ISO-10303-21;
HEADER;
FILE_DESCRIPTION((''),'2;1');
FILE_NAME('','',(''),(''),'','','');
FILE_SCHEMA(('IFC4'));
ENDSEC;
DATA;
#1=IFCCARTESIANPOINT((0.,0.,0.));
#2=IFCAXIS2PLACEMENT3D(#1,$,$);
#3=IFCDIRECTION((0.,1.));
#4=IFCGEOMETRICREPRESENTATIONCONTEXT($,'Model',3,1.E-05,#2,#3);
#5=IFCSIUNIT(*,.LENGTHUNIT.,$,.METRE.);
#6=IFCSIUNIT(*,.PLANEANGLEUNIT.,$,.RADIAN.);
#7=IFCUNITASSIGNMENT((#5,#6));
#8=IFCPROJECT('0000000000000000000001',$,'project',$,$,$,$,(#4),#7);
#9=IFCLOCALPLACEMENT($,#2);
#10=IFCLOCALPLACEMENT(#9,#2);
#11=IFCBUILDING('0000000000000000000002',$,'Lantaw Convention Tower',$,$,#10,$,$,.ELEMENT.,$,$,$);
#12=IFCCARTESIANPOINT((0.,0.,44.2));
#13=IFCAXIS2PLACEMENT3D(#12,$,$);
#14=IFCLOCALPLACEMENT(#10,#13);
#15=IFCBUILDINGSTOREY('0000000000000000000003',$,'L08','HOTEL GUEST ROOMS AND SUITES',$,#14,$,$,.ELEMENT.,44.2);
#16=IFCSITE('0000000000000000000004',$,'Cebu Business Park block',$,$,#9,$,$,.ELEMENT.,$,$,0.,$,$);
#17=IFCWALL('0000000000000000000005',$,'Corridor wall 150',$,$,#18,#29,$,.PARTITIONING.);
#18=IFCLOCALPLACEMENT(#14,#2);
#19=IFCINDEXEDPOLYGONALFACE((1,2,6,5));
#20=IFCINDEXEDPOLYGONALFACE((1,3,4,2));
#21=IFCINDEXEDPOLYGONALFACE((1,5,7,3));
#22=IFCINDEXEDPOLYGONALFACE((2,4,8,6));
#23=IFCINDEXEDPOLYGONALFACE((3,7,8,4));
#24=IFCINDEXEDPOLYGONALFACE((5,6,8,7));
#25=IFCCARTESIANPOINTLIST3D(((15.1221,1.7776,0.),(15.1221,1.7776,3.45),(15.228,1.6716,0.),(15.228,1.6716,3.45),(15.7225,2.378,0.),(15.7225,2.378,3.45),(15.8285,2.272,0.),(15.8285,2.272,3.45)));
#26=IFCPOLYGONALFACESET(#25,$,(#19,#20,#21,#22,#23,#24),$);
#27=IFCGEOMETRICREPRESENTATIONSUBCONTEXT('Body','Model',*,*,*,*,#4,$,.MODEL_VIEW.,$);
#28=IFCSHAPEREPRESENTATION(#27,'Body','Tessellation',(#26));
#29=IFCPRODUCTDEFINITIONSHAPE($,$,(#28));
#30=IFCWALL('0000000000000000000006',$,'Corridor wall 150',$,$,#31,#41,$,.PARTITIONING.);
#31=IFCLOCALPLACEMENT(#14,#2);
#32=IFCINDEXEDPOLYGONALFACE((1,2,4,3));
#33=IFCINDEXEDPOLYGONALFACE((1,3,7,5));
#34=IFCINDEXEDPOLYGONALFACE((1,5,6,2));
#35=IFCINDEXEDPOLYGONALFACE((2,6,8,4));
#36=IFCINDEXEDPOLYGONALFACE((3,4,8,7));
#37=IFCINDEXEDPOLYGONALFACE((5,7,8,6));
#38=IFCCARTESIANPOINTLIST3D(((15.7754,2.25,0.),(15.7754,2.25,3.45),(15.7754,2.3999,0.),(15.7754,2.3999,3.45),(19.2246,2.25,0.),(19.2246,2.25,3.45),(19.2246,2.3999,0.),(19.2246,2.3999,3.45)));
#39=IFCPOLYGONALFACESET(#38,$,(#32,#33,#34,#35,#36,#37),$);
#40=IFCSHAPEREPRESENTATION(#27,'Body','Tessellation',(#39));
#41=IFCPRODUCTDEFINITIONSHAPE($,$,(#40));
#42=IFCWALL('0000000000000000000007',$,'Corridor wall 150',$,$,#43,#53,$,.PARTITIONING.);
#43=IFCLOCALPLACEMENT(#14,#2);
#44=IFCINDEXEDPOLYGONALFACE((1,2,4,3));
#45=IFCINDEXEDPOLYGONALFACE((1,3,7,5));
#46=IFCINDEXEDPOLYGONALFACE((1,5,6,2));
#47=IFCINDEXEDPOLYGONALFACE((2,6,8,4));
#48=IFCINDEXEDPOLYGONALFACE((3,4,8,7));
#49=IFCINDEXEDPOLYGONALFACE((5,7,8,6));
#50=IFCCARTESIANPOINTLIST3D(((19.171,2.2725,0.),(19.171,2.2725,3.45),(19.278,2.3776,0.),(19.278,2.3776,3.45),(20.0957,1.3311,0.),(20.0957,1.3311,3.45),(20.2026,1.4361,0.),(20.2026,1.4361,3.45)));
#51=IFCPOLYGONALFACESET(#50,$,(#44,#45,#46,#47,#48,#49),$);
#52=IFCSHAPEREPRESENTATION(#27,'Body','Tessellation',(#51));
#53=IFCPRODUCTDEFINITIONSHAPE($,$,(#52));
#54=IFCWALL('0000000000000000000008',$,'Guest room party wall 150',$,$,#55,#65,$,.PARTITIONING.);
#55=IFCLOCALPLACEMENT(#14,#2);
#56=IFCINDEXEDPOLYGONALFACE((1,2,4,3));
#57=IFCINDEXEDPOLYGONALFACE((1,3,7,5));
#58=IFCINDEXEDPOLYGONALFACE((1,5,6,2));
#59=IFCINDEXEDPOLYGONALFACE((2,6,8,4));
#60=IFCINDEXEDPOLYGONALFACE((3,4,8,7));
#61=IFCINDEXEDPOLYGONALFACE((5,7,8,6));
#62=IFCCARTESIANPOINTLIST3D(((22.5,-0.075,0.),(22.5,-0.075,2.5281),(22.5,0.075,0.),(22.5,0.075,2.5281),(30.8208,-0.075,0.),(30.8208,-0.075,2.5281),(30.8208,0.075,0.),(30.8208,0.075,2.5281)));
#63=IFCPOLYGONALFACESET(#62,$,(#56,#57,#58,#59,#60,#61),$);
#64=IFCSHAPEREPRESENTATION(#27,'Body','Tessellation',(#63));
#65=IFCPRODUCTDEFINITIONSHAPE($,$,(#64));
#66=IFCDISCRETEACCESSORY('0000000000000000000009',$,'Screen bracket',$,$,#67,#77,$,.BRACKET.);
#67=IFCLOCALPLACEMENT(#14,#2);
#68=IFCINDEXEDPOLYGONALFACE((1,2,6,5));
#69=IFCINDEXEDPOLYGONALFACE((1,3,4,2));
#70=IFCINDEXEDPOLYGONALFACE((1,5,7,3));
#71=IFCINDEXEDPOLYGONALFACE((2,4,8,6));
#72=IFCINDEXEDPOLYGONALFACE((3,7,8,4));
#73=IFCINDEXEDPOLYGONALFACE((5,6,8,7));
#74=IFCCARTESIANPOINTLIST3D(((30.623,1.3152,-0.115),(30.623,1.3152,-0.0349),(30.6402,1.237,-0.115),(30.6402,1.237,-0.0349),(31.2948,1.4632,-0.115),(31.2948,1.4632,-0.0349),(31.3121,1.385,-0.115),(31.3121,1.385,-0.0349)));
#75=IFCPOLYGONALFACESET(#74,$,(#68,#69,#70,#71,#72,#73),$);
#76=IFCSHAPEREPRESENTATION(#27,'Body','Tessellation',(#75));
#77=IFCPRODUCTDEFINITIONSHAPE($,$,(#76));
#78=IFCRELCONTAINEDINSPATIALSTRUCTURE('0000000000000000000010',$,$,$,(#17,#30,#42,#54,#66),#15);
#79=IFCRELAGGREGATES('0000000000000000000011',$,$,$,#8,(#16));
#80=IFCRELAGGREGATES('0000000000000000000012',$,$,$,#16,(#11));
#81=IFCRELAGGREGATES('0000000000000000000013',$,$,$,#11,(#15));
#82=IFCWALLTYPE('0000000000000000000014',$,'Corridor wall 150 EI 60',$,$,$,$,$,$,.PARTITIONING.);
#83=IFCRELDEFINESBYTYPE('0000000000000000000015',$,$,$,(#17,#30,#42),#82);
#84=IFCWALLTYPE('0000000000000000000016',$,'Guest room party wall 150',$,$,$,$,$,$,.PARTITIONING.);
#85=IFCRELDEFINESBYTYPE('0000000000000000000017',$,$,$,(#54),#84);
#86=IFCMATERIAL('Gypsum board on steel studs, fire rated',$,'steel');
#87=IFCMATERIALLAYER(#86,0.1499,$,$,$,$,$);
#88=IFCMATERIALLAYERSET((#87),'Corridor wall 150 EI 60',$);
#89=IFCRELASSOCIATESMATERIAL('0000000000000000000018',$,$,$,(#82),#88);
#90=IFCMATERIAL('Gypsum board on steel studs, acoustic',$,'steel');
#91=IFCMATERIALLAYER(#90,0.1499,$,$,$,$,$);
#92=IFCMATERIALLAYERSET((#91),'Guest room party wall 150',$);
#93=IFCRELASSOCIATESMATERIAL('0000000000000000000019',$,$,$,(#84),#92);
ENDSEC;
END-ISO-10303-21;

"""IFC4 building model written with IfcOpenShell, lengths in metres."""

from ifc_helpers import new_model, si_unit, direction, frame, frame_2d, origin, origin_2d, place, context, subcontext, project, spatial, rectangle, extrude, material, layer, layer_set, type_object, element, save


model = new_model("IFC4")

# Units and contexts
model_context = context("Model", 3, precision=1e-05, world=origin(), true_north=direction((0.0, 1.0)))
body_context = subcontext(model_context, "Body", "Model", "MODEL_VIEW")
ifc_project = project(units=[si_unit("LENGTHUNIT", "METRE"), si_unit("PLANEANGLEUNIT", "RADIAN")], contexts=[model_context])

# Site, building, storey
site_placement = place(None, origin())
site = spatial("IfcSite", under=ifc_project, at=site_placement, Name="Cebu Business Park block", CompositionType="ELEMENT", RefElevation=0.0)
building_placement = place(site_placement, origin())
building = spatial("IfcBuilding", under=site, at=building_placement, Name="Lantaw Convention Tower", CompositionType="ELEMENT")
storey_placement = place(building_placement, frame((0.0, 0.0, 44.2)))
storey = spatial("IfcBuildingStorey", under=building, at=storey_placement, Name="L08", Description="HOTEL GUEST ROOMS AND SUITES", CompositionType="ELEMENT", Elevation=44.2)

# Shared definitions
ifc_material_1 = material(Name="Gypsum board on steel studs, fire rated", Category="steel")
ifc_layer_1 = layer(ifc_material_1, 0.1499)
ifc_layer_set_1 = layer_set([ifc_layer_1], Name="Corridor wall 150 EI 60")
wall_type_1 = type_object("IfcWallType", Name="Corridor wall 150 EI 60", PredefinedType="PARTITIONING", material=ifc_layer_set_1)

# Walls
wall_1_placement = place(storey_placement, frame((15.175, 1.7246, 0.0), z_axis=(0.0, 0.0, 1.0), x_axis=(0.707107, 0.707107, 0.0)))
element("IfcWall", 1, at=wall_1_placement, inside=storey, type_object=wall_type_1, Name="Corridor wall 150", PredefinedType="PARTITIONING", context=body_context, shape_type="SweptSolid", body=[
    extrude(rectangle(XDim=0.8491, YDim=0.1499, at=frame_2d((0.4246, 0.0))), origin(), (0.0, 0.0, 1.0), 3.45),
])
wall_2_placement = place(storey_placement, frame((15.7754, 2.325, 0.0), z_axis=(0.0, 0.0, 1.0), x_axis=(1.0, 0.0, 0.0)))
element("IfcWall", 2, at=wall_2_placement, inside=storey, type_object=wall_type_1, Name="Corridor wall 150", PredefinedType="PARTITIONING", context=body_context, shape_type="SweptSolid", body=[
    extrude(rectangle(XDim=3.4492, YDim=0.1499, at=frame_2d((1.7246, 0.0))), origin(), (0.0, 0.0, 1.0), 3.45),
])
wall_3_placement = place(storey_placement, frame((19.2246, 2.325, 0.0), z_axis=(0.0, 0.0, 1.0), x_axis=(0.700695, -0.713461, 0.0)))
element("IfcWall", 3, at=wall_3_placement, inside=storey, type_object=wall_type_1, Name="Corridor wall 150", PredefinedType="PARTITIONING", context=body_context, shape_type="SweptSolid", body=[
    extrude(rectangle(XDim=1.3196, YDim=0.1499, at=frame_2d((0.6597, 0.0))), origin(), (0.0, 0.0, 1.0), 3.45),
])
ifc_material_2 = material(Name="Gypsum board on steel studs, acoustic", Category="steel")
ifc_layer_2 = layer(ifc_material_2, 0.1499)
ifc_layer_set_2 = layer_set([ifc_layer_2], Name="Guest room party wall 150")
wall_type_2 = type_object("IfcWallType", Name="Guest room party wall 150", PredefinedType="PARTITIONING", material=ifc_layer_set_2)
wall_4_placement = place(storey_placement, frame((30.8208, 0.0, 0.0), z_axis=(0.0, 0.0, 1.0), x_axis=(-1.0, 0.0, 0.0)))
element("IfcWall", 4, at=wall_4_placement, inside=storey, type_object=wall_type_2, Name="Guest room party wall 150", PredefinedType="PARTITIONING", context=body_context, shape_type="SweptSolid", body=[
    extrude(rectangle(XDim=8.3208, YDim=0.1499, at=frame_2d((4.1604, 0.0))), origin(), (0.0, 0.0, 1.0), 2.5281),
])

# Discrete accessory
discrete_accessory_placement = place(storey_placement, frame((30.9675, 1.3501, -0.115), z_axis=(0.0, 0.0, 1.0), x_axis=(-0.215246, 0.97656, 0.0)))
element("IfcDiscreteAccessory", 5, at=discrete_accessory_placement, inside=storey, Name="Screen bracket", PredefinedType="BRACKET", context=body_context, shape_type="SweptSolid", body=[
    extrude(rectangle(XDim=0.0801, YDim=0.688, at=origin_2d()), origin(), (0.0, 0.0, 1.0), 0.0801),
])

save(model, "model.ifc")
